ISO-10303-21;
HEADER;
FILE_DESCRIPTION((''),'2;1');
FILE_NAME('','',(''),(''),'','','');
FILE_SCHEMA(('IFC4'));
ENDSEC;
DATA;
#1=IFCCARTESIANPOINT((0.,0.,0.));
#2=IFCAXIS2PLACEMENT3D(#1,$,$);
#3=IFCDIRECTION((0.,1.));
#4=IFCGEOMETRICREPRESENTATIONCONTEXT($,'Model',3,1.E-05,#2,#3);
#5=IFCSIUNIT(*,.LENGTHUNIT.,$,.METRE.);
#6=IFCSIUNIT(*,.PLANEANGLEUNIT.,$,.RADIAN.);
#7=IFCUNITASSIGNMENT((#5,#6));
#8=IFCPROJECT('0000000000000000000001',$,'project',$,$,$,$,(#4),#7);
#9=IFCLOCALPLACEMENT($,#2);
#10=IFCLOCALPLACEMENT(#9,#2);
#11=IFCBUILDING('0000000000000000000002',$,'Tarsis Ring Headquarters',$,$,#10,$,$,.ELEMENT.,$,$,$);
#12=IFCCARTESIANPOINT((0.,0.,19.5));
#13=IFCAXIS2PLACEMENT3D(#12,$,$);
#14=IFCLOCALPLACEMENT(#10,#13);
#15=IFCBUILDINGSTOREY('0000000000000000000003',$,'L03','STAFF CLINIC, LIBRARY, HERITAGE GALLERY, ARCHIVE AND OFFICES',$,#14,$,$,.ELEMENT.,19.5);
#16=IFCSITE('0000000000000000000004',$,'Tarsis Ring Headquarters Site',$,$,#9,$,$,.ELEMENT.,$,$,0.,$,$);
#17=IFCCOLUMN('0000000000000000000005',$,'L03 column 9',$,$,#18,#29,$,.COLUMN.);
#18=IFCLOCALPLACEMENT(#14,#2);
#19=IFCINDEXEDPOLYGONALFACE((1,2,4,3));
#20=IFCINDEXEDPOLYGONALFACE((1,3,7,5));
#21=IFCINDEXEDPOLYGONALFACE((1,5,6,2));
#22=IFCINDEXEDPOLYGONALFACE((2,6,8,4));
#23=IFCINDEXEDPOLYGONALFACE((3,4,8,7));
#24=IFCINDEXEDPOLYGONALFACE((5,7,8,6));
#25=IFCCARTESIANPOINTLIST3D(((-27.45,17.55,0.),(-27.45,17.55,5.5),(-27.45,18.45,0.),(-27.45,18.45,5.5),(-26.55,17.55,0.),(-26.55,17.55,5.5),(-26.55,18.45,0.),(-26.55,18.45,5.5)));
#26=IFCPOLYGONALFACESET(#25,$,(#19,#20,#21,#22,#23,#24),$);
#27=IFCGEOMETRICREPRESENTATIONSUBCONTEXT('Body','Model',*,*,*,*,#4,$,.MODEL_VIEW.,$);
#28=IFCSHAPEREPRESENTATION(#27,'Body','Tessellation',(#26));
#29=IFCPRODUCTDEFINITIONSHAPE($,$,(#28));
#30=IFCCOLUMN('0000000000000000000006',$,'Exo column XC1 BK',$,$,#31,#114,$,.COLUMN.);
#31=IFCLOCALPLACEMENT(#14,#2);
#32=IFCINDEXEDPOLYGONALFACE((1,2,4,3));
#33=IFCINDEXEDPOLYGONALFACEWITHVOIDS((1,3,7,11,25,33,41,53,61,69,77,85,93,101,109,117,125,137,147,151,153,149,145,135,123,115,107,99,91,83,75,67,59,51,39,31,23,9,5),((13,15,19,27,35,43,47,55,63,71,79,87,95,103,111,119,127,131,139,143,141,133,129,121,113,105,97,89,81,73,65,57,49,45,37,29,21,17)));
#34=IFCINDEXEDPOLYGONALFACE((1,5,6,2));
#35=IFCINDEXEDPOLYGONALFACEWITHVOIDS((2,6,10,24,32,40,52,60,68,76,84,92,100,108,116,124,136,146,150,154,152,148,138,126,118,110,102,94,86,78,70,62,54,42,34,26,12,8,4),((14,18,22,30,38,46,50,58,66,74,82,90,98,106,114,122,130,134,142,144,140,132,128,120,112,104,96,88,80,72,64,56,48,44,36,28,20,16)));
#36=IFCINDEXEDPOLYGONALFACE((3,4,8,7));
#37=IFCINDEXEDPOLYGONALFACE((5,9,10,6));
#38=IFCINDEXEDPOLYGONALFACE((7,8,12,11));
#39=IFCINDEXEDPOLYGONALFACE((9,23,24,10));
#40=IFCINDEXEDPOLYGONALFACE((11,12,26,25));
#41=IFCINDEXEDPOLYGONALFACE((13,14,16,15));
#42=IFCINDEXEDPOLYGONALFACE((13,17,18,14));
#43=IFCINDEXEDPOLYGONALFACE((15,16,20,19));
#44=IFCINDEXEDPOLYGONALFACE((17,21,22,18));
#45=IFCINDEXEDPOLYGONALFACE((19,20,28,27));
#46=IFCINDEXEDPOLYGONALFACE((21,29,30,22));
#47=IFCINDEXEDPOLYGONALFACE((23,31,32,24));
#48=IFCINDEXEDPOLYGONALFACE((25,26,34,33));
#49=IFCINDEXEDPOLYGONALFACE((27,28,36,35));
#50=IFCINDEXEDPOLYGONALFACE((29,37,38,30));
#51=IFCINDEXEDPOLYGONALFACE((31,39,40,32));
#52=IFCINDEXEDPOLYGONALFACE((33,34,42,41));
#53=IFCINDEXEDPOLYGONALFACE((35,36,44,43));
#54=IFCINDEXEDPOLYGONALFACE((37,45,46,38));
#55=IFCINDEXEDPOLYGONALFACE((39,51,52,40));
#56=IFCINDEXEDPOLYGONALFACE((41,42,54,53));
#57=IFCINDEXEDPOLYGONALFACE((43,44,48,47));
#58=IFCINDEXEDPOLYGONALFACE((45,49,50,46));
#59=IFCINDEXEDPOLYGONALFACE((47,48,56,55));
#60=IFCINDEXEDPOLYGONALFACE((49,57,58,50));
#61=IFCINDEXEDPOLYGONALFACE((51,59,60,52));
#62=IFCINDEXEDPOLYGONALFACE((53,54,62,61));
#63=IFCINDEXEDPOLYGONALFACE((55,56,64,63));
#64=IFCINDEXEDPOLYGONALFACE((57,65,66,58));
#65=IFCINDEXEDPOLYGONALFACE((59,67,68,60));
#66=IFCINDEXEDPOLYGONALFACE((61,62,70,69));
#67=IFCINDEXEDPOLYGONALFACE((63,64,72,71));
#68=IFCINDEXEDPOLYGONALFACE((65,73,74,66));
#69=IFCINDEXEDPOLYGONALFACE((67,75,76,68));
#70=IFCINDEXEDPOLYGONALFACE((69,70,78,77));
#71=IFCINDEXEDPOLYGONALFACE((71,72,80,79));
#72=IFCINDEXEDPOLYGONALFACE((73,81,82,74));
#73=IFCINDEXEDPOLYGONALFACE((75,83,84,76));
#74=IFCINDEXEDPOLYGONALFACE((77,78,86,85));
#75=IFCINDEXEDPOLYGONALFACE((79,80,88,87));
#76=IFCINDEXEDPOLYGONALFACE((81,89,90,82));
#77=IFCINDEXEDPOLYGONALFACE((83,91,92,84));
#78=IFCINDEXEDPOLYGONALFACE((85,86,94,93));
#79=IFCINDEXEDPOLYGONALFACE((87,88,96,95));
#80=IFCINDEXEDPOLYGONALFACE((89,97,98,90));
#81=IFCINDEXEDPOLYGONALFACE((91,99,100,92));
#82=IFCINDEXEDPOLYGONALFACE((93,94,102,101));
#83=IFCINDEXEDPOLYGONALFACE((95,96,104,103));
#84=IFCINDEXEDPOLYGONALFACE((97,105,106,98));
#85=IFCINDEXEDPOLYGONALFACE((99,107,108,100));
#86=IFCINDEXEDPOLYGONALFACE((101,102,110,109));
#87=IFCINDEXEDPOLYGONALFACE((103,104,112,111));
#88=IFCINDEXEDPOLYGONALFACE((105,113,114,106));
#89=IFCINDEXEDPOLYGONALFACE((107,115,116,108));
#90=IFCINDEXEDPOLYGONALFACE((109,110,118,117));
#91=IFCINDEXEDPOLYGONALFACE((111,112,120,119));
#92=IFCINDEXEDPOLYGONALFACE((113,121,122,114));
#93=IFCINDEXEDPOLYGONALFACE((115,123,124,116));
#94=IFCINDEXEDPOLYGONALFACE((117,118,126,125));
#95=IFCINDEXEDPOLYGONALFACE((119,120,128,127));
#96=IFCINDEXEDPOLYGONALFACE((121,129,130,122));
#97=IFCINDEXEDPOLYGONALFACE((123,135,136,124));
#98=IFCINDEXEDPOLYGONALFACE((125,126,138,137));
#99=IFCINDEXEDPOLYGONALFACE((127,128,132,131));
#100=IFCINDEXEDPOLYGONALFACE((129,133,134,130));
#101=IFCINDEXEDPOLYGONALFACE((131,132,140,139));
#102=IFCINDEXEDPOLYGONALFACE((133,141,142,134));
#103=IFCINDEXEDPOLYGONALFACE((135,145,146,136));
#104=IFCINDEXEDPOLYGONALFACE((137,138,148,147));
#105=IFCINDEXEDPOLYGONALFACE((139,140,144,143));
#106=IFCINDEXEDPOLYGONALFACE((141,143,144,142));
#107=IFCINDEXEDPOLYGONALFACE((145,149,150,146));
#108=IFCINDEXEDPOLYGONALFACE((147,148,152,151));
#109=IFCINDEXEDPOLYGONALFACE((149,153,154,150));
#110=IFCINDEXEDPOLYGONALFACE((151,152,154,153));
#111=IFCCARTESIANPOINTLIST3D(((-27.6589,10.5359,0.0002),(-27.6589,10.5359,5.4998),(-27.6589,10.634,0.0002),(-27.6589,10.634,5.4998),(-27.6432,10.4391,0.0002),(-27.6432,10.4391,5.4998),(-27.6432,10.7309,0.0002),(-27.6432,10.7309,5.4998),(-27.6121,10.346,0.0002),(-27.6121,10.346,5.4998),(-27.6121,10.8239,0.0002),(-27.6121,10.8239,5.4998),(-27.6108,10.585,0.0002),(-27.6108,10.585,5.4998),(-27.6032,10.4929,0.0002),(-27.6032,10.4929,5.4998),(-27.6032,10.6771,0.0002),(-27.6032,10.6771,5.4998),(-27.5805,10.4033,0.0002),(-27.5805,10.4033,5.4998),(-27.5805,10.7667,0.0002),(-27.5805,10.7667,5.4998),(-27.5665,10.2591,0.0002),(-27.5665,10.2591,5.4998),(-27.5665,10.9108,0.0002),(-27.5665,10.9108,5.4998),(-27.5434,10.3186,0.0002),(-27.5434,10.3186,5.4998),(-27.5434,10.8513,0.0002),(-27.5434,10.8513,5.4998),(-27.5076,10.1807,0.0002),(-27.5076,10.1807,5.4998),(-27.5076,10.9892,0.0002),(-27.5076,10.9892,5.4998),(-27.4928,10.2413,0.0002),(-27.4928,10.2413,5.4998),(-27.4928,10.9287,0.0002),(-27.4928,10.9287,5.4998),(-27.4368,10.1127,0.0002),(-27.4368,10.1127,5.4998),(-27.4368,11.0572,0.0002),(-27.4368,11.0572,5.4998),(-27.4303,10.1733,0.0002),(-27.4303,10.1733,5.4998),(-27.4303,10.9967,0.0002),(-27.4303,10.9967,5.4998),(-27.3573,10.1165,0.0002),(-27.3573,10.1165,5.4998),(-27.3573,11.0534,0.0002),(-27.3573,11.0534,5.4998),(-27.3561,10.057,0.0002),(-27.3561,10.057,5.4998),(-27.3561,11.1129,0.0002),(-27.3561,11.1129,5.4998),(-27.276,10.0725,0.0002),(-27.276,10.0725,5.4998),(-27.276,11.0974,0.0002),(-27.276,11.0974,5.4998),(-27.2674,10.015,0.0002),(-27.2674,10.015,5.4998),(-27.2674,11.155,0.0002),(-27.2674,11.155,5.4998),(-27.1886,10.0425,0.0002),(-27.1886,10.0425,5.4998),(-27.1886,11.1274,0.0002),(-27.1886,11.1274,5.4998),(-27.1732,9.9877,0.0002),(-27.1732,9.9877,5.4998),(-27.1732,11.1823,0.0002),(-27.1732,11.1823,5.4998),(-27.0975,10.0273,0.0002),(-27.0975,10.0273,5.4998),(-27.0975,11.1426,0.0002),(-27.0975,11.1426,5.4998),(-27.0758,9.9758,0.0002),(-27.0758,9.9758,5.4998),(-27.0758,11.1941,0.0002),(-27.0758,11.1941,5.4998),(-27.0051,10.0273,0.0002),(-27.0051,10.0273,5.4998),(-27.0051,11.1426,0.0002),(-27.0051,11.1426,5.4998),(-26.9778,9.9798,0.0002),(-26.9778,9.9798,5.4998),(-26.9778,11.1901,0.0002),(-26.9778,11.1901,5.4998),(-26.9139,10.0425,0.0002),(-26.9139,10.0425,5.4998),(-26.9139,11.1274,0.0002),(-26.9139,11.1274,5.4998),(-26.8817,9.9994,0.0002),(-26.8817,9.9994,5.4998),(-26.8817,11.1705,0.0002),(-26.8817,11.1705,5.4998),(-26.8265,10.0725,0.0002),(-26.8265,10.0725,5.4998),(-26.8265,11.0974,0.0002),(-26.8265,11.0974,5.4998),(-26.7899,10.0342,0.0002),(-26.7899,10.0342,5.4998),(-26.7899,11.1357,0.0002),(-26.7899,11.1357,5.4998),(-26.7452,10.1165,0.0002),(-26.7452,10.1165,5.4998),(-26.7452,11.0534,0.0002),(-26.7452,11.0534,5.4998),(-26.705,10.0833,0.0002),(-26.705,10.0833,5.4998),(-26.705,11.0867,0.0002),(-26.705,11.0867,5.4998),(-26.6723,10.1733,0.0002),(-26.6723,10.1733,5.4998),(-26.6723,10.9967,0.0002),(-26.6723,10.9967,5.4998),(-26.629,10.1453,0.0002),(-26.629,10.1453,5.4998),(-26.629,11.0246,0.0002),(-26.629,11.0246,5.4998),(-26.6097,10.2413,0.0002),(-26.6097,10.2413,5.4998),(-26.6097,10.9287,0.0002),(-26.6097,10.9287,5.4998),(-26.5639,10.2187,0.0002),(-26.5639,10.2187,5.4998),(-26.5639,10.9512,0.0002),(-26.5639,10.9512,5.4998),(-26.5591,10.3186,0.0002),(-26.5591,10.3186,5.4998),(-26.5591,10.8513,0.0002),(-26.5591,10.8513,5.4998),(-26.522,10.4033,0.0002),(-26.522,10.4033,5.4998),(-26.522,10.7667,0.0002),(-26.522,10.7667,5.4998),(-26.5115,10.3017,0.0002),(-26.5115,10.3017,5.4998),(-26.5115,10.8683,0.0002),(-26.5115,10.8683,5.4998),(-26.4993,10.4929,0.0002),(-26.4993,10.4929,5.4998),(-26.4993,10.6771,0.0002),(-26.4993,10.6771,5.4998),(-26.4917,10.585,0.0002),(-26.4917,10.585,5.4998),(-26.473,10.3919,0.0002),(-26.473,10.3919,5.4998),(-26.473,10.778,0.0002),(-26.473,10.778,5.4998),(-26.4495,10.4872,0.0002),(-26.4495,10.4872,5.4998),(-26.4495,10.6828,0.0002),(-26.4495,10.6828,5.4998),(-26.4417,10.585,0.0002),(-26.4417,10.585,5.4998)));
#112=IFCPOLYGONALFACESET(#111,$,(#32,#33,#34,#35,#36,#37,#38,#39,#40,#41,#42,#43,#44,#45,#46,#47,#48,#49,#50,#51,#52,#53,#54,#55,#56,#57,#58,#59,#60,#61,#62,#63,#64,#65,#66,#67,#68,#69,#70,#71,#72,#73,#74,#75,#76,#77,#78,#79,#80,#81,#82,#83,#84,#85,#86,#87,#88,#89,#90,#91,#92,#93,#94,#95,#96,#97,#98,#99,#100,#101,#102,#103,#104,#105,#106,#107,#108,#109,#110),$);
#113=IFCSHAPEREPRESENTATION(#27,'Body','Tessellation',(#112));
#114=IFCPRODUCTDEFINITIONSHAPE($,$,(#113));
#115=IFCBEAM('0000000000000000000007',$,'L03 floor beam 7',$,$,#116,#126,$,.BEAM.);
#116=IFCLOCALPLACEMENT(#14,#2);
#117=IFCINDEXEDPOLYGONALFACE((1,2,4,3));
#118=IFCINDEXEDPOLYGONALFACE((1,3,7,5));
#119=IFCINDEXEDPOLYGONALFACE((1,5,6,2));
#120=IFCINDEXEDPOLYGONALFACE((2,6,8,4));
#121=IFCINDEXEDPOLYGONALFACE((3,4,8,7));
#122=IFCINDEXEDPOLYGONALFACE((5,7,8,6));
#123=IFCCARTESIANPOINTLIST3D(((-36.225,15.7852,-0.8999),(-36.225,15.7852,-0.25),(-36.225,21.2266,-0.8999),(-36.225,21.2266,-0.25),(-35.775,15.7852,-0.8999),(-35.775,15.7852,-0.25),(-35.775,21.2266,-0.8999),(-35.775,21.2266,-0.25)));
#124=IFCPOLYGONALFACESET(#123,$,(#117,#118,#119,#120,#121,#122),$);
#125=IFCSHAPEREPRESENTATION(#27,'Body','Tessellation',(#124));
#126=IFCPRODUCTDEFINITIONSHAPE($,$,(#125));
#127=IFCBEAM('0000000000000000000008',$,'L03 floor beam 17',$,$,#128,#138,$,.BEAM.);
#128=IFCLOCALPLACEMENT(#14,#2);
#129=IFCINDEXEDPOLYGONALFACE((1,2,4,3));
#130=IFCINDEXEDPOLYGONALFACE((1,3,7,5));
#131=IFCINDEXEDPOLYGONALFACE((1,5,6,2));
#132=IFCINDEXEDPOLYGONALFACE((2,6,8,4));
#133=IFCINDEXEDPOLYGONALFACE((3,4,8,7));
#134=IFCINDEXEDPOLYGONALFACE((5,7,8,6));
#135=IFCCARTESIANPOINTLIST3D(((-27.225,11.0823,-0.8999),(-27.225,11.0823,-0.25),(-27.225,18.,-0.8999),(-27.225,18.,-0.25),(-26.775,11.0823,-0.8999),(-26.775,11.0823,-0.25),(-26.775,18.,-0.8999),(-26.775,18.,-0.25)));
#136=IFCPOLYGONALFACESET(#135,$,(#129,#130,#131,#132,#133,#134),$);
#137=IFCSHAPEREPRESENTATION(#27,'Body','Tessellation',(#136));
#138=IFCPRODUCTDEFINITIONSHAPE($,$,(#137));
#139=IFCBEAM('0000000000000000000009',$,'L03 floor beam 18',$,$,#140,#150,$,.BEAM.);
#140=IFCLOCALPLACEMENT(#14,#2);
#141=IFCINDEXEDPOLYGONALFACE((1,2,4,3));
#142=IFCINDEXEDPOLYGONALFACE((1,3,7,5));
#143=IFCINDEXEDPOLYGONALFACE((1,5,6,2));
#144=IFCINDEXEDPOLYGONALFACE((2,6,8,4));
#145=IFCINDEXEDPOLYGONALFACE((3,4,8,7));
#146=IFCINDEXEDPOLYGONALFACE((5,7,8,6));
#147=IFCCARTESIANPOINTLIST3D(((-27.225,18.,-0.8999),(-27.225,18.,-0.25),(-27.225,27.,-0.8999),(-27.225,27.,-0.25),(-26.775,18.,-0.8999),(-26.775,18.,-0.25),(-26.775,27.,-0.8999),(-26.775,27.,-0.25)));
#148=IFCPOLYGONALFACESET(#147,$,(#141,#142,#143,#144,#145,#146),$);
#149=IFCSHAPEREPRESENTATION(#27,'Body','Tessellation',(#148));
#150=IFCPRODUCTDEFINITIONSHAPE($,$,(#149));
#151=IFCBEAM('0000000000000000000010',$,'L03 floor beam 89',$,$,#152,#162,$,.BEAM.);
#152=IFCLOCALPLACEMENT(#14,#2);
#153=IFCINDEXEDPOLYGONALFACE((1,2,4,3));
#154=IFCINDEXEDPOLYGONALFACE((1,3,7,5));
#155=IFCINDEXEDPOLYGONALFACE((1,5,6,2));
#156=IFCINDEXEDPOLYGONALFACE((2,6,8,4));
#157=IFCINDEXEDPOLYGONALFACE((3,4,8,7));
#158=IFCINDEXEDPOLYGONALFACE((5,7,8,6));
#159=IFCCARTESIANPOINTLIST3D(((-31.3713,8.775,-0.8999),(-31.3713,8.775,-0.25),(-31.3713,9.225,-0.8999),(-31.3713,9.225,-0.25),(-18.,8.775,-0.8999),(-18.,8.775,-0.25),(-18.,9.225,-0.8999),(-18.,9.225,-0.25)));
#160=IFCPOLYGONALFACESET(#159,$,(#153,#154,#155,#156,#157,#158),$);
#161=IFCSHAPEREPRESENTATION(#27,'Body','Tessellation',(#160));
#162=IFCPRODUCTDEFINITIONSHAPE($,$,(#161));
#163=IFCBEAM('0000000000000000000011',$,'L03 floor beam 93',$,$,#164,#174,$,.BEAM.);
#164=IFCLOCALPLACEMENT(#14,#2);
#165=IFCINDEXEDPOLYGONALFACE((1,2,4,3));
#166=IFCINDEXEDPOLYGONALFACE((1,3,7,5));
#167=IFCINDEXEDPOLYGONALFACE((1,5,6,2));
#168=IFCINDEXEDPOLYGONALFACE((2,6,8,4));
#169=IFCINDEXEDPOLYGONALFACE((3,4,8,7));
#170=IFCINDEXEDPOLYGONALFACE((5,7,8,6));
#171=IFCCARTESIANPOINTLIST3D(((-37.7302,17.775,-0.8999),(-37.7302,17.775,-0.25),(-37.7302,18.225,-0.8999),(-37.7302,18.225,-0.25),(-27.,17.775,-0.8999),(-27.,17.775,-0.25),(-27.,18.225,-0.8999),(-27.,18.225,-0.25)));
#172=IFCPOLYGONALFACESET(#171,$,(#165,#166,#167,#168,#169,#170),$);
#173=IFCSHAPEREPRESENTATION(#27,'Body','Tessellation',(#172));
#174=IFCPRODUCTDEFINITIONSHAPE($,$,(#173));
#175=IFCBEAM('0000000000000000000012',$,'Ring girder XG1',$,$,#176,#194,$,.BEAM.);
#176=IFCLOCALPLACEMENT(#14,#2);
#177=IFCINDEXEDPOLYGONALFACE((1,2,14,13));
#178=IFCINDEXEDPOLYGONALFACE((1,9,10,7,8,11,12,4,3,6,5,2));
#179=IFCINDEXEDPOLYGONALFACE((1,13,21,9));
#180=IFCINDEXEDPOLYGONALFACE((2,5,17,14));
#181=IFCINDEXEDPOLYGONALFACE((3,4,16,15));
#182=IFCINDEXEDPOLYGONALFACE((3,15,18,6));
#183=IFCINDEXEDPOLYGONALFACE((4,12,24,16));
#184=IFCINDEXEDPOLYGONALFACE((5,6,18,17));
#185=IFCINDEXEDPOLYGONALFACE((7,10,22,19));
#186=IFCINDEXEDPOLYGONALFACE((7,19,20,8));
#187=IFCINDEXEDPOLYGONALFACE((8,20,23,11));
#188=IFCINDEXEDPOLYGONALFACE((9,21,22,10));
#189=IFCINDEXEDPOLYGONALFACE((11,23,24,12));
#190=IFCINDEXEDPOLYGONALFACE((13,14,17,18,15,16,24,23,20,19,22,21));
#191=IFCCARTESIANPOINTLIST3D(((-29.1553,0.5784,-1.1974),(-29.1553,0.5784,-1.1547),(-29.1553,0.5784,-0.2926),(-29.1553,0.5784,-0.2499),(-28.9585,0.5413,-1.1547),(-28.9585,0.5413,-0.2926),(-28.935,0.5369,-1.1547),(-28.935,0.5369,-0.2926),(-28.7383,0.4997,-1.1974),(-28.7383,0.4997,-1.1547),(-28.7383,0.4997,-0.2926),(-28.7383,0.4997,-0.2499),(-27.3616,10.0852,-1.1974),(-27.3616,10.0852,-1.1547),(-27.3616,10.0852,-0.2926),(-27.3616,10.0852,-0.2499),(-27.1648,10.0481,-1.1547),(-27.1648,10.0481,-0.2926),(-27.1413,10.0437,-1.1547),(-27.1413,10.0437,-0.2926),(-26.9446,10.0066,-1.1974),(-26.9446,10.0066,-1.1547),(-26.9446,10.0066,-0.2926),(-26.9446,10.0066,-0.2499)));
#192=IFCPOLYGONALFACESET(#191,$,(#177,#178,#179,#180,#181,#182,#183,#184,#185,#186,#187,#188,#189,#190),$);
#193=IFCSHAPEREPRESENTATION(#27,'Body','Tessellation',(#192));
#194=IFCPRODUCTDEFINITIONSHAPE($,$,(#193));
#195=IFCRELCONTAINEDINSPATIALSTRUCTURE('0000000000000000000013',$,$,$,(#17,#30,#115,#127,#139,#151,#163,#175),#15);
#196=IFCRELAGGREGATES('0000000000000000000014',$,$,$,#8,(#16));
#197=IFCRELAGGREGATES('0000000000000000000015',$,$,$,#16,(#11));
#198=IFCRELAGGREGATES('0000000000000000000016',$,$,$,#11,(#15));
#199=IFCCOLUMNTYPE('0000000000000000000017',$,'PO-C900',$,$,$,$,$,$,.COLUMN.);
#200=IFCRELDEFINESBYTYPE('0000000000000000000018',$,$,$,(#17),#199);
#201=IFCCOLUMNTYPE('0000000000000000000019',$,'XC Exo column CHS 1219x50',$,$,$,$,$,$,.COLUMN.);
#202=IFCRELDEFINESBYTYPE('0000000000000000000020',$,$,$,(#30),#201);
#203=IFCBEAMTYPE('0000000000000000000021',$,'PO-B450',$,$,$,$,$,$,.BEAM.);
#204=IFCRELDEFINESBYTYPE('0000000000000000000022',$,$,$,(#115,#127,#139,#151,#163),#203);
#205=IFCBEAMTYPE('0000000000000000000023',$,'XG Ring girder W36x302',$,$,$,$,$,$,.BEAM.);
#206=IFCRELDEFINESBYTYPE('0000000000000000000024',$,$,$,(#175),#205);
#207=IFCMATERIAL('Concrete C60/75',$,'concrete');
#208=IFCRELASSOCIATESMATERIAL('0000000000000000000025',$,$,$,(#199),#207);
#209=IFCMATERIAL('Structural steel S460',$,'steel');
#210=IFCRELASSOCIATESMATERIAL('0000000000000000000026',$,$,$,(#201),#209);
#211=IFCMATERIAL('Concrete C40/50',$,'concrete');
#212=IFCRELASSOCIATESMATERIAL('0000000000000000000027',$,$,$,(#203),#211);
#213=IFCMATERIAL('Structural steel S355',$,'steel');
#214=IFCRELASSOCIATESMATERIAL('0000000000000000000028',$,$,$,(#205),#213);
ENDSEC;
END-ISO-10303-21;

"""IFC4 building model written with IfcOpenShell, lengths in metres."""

from ifc_helpers import new_model, si_unit, direction, frame, origin, origin_2d, place, context, subcontext, project, spatial, rectangle, hollow_circle, i_section, extrude, material, material_profile, profile_set, type_object, element, save


model = new_model("IFC4")

# Units and contexts
model_context = context("Model", 3, precision=1e-05, world=origin(), true_north=direction((0.0, 1.0)))
body_context = subcontext(model_context, "Body", "Model", "MODEL_VIEW")
ifc_project = project(units=[si_unit("LENGTHUNIT", "METRE"), si_unit("PLANEANGLEUNIT", "RADIAN")], contexts=[model_context])

# Site, building, storey
site_placement = place(None, origin())
site = spatial("IfcSite", under=ifc_project, at=site_placement, Name="Tarsis Ring Headquarters Site", CompositionType="ELEMENT", RefElevation=0.0)
building_placement = place(site_placement, origin())
building = spatial("IfcBuilding", under=site, at=building_placement, Name="Tarsis Ring Headquarters", CompositionType="ELEMENT")
storey_placement = place(building_placement, frame((0.0, 0.0, 19.5)))
storey = spatial("IfcBuildingStorey", under=building, at=storey_placement, Name="L03", Description="STAFF CLINIC, LIBRARY, HERITAGE GALLERY, ARCHIVE AND OFFICES", CompositionType="ELEMENT", Elevation=19.5)

# Columns
ifc_material_1 = material(Name="Concrete C60/75", Category="concrete")
ifc_material_profile_1 = material_profile(ifc_material_1, rectangle(XDim=0.8999, YDim=0.8999, at=origin_2d()), Name="PO-C900")
ifc_profile_set_1 = profile_set([ifc_material_profile_1], Name="Concrete C60/75")
column_type_1 = type_object("IfcColumnType", Name="PO-C900", PredefinedType="COLUMN", material=ifc_profile_set_1)
column_1_placement = place(storey_placement, frame((-27.0, 18.0, 0.0), z_axis=(0.0, 0.0, 1.0), x_axis=(1.0, 0.0, 0.0)))
element("IfcColumn", 1, at=column_1_placement, inside=storey, type_object=column_type_1, Name="L03 column 9", PredefinedType="COLUMN", context=body_context, shape_type="SweptSolid", body=[
    extrude(rectangle(XDim=0.8999, YDim=0.8999, at=origin_2d()), origin(), (0.0, 0.0, 1.0), 5.5),
])
ifc_material_2 = material(Name="Structural steel S460", Category="steel")
ifc_material_profile_2 = material_profile(ifc_material_2, hollow_circle(Radius=0.6096, WallThickness=0.05, at=origin_2d()), Name="CHS 1219x50")
ifc_profile_set_2 = profile_set([ifc_material_profile_2], Name="Structural steel S460")
column_type_2 = type_object("IfcColumnType", Name="XC Exo column CHS 1219x50", PredefinedType="COLUMN", material=ifc_profile_set_2)
column_2_placement = place(storey_placement, frame((-27.0513, 10.585, 0.0002), z_axis=(0.0, 0.0, 1.0), x_axis=(1.0, 0.0, 0.0)))
element("IfcColumn", 2, at=column_2_placement, inside=storey, type_object=column_type_2, Name="Exo column XC1 BK", PredefinedType="COLUMN", context=body_context, shape_type="SweptSolid", body=[
    extrude(hollow_circle(Radius=0.6096, WallThickness=0.05, at=origin_2d()), origin(), (0.0, 0.0, 1.0), 5.4995),
])

# Beams
ifc_material_3 = material(Name="Concrete C40/50", Category="concrete")
ifc_material_profile_3 = material_profile(ifc_material_3, rectangle(XDim=0.45, YDim=0.6499, at=origin_2d()), Name="PO-B450")
ifc_profile_set_3 = profile_set([ifc_material_profile_3], Name="Concrete C40/50")
beam_type_1 = type_object("IfcBeamType", Name="PO-B450", PredefinedType="BEAM", material=ifc_profile_set_3)
beam_1_placement = place(storey_placement, frame((-36.0, 15.7852, -0.575), z_axis=(0.0, 1.0, 0.0), x_axis=(-1.0, 0.0, 0.0)))
element("IfcBeam", 3, at=beam_1_placement, inside=storey, type_object=beam_type_1, Name="L03 floor beam 7", PredefinedType="BEAM", context=body_context, shape_type="SweptSolid", body=[
    extrude(rectangle(XDim=0.45, YDim=0.6499, at=origin_2d()), origin(), (0.0, 0.0, 1.0), 5.4414),
])
beam_2_placement = place(storey_placement, frame((-27.0, 11.0823, -0.575), z_axis=(0.0, 1.0, 0.0), x_axis=(-1.0, 0.0, 0.0)))
element("IfcBeam", 4, at=beam_2_placement, inside=storey, type_object=beam_type_1, Name="L03 floor beam 17", PredefinedType="BEAM", context=body_context, shape_type="SweptSolid", body=[
    extrude(rectangle(XDim=0.45, YDim=0.6499, at=origin_2d()), origin(), (0.0, 0.0, 1.0), 6.9177),
])
beam_3_placement = place(storey_placement, frame((-27.0, 18.0, -0.575), z_axis=(0.0, 1.0, 0.0), x_axis=(-1.0, 0.0, 0.0)))
element("IfcBeam", 5, at=beam_3_placement, inside=storey, type_object=beam_type_1, Name="L03 floor beam 18", PredefinedType="BEAM", context=body_context, shape_type="SweptSolid", body=[
    extrude(rectangle(XDim=0.45, YDim=0.6499, at=origin_2d()), origin(), (0.0, 0.0, 1.0), 9.0),
])
beam_4_placement = place(storey_placement, frame((-31.3713, 9.0, -0.575), z_axis=(1.0, 0.0, 0.0), x_axis=(0.0, 1.0, 0.0)))
element("IfcBeam", 6, at=beam_4_placement, inside=storey, type_object=beam_type_1, Name="L03 floor beam 89", PredefinedType="BEAM", context=body_context, shape_type="SweptSolid", body=[
    extrude(rectangle(XDim=0.45, YDim=0.6499, at=origin_2d()), origin(), (0.0, 0.0, 1.0), 13.3713),
])
beam_5_placement = place(storey_placement, frame((-37.7302, 18.0, -0.575), z_axis=(1.0, 0.0, 0.0), x_axis=(0.0, 1.0, 0.0)))
element("IfcBeam", 7, at=beam_5_placement, inside=storey, type_object=beam_type_1, Name="L03 floor beam 93", PredefinedType="BEAM", context=body_context, shape_type="SweptSolid", body=[
    extrude(rectangle(XDim=0.45, YDim=0.6499, at=origin_2d()), origin(), (0.0, 0.0, 1.0), 10.7302),
])
ifc_material_4 = material(Name="Structural steel S355", Category="steel")
ifc_material_profile_4 = material_profile(ifc_material_4, i_section(OverallWidth=0.4243, OverallDepth=0.9475, WebThickness=0.0239, FlangeThickness=0.0427, at=origin_2d()), Name="W36x302")
ifc_profile_set_4 = profile_set([ifc_material_profile_4], Name="Structural steel S355")
beam_type_2 = type_object("IfcBeamType", Name="XG Ring girder W36x302", PredefinedType="BEAM", material=ifc_profile_set_4)
beam_6_placement = place(storey_placement, frame((-27.1531, 10.0459, -0.7236), z_axis=(-0.185404, -0.982662, 0.0), x_axis=(0.982662, -0.185404, 0.0)))
element("IfcBeam", 8, at=beam_6_placement, inside=storey, type_object=beam_type_2, Name="Ring girder XG1", PredefinedType="BEAM", context=body_context, shape_type="SweptSolid", body=[
    extrude(i_section(OverallWidth=0.4243, OverallDepth=0.9475, WebThickness=0.0239, FlangeThickness=0.0427, at=origin_2d()), origin(), (0.0, 0.0, 1.0), 9.6746),
])

save(model, "model.ifc")
